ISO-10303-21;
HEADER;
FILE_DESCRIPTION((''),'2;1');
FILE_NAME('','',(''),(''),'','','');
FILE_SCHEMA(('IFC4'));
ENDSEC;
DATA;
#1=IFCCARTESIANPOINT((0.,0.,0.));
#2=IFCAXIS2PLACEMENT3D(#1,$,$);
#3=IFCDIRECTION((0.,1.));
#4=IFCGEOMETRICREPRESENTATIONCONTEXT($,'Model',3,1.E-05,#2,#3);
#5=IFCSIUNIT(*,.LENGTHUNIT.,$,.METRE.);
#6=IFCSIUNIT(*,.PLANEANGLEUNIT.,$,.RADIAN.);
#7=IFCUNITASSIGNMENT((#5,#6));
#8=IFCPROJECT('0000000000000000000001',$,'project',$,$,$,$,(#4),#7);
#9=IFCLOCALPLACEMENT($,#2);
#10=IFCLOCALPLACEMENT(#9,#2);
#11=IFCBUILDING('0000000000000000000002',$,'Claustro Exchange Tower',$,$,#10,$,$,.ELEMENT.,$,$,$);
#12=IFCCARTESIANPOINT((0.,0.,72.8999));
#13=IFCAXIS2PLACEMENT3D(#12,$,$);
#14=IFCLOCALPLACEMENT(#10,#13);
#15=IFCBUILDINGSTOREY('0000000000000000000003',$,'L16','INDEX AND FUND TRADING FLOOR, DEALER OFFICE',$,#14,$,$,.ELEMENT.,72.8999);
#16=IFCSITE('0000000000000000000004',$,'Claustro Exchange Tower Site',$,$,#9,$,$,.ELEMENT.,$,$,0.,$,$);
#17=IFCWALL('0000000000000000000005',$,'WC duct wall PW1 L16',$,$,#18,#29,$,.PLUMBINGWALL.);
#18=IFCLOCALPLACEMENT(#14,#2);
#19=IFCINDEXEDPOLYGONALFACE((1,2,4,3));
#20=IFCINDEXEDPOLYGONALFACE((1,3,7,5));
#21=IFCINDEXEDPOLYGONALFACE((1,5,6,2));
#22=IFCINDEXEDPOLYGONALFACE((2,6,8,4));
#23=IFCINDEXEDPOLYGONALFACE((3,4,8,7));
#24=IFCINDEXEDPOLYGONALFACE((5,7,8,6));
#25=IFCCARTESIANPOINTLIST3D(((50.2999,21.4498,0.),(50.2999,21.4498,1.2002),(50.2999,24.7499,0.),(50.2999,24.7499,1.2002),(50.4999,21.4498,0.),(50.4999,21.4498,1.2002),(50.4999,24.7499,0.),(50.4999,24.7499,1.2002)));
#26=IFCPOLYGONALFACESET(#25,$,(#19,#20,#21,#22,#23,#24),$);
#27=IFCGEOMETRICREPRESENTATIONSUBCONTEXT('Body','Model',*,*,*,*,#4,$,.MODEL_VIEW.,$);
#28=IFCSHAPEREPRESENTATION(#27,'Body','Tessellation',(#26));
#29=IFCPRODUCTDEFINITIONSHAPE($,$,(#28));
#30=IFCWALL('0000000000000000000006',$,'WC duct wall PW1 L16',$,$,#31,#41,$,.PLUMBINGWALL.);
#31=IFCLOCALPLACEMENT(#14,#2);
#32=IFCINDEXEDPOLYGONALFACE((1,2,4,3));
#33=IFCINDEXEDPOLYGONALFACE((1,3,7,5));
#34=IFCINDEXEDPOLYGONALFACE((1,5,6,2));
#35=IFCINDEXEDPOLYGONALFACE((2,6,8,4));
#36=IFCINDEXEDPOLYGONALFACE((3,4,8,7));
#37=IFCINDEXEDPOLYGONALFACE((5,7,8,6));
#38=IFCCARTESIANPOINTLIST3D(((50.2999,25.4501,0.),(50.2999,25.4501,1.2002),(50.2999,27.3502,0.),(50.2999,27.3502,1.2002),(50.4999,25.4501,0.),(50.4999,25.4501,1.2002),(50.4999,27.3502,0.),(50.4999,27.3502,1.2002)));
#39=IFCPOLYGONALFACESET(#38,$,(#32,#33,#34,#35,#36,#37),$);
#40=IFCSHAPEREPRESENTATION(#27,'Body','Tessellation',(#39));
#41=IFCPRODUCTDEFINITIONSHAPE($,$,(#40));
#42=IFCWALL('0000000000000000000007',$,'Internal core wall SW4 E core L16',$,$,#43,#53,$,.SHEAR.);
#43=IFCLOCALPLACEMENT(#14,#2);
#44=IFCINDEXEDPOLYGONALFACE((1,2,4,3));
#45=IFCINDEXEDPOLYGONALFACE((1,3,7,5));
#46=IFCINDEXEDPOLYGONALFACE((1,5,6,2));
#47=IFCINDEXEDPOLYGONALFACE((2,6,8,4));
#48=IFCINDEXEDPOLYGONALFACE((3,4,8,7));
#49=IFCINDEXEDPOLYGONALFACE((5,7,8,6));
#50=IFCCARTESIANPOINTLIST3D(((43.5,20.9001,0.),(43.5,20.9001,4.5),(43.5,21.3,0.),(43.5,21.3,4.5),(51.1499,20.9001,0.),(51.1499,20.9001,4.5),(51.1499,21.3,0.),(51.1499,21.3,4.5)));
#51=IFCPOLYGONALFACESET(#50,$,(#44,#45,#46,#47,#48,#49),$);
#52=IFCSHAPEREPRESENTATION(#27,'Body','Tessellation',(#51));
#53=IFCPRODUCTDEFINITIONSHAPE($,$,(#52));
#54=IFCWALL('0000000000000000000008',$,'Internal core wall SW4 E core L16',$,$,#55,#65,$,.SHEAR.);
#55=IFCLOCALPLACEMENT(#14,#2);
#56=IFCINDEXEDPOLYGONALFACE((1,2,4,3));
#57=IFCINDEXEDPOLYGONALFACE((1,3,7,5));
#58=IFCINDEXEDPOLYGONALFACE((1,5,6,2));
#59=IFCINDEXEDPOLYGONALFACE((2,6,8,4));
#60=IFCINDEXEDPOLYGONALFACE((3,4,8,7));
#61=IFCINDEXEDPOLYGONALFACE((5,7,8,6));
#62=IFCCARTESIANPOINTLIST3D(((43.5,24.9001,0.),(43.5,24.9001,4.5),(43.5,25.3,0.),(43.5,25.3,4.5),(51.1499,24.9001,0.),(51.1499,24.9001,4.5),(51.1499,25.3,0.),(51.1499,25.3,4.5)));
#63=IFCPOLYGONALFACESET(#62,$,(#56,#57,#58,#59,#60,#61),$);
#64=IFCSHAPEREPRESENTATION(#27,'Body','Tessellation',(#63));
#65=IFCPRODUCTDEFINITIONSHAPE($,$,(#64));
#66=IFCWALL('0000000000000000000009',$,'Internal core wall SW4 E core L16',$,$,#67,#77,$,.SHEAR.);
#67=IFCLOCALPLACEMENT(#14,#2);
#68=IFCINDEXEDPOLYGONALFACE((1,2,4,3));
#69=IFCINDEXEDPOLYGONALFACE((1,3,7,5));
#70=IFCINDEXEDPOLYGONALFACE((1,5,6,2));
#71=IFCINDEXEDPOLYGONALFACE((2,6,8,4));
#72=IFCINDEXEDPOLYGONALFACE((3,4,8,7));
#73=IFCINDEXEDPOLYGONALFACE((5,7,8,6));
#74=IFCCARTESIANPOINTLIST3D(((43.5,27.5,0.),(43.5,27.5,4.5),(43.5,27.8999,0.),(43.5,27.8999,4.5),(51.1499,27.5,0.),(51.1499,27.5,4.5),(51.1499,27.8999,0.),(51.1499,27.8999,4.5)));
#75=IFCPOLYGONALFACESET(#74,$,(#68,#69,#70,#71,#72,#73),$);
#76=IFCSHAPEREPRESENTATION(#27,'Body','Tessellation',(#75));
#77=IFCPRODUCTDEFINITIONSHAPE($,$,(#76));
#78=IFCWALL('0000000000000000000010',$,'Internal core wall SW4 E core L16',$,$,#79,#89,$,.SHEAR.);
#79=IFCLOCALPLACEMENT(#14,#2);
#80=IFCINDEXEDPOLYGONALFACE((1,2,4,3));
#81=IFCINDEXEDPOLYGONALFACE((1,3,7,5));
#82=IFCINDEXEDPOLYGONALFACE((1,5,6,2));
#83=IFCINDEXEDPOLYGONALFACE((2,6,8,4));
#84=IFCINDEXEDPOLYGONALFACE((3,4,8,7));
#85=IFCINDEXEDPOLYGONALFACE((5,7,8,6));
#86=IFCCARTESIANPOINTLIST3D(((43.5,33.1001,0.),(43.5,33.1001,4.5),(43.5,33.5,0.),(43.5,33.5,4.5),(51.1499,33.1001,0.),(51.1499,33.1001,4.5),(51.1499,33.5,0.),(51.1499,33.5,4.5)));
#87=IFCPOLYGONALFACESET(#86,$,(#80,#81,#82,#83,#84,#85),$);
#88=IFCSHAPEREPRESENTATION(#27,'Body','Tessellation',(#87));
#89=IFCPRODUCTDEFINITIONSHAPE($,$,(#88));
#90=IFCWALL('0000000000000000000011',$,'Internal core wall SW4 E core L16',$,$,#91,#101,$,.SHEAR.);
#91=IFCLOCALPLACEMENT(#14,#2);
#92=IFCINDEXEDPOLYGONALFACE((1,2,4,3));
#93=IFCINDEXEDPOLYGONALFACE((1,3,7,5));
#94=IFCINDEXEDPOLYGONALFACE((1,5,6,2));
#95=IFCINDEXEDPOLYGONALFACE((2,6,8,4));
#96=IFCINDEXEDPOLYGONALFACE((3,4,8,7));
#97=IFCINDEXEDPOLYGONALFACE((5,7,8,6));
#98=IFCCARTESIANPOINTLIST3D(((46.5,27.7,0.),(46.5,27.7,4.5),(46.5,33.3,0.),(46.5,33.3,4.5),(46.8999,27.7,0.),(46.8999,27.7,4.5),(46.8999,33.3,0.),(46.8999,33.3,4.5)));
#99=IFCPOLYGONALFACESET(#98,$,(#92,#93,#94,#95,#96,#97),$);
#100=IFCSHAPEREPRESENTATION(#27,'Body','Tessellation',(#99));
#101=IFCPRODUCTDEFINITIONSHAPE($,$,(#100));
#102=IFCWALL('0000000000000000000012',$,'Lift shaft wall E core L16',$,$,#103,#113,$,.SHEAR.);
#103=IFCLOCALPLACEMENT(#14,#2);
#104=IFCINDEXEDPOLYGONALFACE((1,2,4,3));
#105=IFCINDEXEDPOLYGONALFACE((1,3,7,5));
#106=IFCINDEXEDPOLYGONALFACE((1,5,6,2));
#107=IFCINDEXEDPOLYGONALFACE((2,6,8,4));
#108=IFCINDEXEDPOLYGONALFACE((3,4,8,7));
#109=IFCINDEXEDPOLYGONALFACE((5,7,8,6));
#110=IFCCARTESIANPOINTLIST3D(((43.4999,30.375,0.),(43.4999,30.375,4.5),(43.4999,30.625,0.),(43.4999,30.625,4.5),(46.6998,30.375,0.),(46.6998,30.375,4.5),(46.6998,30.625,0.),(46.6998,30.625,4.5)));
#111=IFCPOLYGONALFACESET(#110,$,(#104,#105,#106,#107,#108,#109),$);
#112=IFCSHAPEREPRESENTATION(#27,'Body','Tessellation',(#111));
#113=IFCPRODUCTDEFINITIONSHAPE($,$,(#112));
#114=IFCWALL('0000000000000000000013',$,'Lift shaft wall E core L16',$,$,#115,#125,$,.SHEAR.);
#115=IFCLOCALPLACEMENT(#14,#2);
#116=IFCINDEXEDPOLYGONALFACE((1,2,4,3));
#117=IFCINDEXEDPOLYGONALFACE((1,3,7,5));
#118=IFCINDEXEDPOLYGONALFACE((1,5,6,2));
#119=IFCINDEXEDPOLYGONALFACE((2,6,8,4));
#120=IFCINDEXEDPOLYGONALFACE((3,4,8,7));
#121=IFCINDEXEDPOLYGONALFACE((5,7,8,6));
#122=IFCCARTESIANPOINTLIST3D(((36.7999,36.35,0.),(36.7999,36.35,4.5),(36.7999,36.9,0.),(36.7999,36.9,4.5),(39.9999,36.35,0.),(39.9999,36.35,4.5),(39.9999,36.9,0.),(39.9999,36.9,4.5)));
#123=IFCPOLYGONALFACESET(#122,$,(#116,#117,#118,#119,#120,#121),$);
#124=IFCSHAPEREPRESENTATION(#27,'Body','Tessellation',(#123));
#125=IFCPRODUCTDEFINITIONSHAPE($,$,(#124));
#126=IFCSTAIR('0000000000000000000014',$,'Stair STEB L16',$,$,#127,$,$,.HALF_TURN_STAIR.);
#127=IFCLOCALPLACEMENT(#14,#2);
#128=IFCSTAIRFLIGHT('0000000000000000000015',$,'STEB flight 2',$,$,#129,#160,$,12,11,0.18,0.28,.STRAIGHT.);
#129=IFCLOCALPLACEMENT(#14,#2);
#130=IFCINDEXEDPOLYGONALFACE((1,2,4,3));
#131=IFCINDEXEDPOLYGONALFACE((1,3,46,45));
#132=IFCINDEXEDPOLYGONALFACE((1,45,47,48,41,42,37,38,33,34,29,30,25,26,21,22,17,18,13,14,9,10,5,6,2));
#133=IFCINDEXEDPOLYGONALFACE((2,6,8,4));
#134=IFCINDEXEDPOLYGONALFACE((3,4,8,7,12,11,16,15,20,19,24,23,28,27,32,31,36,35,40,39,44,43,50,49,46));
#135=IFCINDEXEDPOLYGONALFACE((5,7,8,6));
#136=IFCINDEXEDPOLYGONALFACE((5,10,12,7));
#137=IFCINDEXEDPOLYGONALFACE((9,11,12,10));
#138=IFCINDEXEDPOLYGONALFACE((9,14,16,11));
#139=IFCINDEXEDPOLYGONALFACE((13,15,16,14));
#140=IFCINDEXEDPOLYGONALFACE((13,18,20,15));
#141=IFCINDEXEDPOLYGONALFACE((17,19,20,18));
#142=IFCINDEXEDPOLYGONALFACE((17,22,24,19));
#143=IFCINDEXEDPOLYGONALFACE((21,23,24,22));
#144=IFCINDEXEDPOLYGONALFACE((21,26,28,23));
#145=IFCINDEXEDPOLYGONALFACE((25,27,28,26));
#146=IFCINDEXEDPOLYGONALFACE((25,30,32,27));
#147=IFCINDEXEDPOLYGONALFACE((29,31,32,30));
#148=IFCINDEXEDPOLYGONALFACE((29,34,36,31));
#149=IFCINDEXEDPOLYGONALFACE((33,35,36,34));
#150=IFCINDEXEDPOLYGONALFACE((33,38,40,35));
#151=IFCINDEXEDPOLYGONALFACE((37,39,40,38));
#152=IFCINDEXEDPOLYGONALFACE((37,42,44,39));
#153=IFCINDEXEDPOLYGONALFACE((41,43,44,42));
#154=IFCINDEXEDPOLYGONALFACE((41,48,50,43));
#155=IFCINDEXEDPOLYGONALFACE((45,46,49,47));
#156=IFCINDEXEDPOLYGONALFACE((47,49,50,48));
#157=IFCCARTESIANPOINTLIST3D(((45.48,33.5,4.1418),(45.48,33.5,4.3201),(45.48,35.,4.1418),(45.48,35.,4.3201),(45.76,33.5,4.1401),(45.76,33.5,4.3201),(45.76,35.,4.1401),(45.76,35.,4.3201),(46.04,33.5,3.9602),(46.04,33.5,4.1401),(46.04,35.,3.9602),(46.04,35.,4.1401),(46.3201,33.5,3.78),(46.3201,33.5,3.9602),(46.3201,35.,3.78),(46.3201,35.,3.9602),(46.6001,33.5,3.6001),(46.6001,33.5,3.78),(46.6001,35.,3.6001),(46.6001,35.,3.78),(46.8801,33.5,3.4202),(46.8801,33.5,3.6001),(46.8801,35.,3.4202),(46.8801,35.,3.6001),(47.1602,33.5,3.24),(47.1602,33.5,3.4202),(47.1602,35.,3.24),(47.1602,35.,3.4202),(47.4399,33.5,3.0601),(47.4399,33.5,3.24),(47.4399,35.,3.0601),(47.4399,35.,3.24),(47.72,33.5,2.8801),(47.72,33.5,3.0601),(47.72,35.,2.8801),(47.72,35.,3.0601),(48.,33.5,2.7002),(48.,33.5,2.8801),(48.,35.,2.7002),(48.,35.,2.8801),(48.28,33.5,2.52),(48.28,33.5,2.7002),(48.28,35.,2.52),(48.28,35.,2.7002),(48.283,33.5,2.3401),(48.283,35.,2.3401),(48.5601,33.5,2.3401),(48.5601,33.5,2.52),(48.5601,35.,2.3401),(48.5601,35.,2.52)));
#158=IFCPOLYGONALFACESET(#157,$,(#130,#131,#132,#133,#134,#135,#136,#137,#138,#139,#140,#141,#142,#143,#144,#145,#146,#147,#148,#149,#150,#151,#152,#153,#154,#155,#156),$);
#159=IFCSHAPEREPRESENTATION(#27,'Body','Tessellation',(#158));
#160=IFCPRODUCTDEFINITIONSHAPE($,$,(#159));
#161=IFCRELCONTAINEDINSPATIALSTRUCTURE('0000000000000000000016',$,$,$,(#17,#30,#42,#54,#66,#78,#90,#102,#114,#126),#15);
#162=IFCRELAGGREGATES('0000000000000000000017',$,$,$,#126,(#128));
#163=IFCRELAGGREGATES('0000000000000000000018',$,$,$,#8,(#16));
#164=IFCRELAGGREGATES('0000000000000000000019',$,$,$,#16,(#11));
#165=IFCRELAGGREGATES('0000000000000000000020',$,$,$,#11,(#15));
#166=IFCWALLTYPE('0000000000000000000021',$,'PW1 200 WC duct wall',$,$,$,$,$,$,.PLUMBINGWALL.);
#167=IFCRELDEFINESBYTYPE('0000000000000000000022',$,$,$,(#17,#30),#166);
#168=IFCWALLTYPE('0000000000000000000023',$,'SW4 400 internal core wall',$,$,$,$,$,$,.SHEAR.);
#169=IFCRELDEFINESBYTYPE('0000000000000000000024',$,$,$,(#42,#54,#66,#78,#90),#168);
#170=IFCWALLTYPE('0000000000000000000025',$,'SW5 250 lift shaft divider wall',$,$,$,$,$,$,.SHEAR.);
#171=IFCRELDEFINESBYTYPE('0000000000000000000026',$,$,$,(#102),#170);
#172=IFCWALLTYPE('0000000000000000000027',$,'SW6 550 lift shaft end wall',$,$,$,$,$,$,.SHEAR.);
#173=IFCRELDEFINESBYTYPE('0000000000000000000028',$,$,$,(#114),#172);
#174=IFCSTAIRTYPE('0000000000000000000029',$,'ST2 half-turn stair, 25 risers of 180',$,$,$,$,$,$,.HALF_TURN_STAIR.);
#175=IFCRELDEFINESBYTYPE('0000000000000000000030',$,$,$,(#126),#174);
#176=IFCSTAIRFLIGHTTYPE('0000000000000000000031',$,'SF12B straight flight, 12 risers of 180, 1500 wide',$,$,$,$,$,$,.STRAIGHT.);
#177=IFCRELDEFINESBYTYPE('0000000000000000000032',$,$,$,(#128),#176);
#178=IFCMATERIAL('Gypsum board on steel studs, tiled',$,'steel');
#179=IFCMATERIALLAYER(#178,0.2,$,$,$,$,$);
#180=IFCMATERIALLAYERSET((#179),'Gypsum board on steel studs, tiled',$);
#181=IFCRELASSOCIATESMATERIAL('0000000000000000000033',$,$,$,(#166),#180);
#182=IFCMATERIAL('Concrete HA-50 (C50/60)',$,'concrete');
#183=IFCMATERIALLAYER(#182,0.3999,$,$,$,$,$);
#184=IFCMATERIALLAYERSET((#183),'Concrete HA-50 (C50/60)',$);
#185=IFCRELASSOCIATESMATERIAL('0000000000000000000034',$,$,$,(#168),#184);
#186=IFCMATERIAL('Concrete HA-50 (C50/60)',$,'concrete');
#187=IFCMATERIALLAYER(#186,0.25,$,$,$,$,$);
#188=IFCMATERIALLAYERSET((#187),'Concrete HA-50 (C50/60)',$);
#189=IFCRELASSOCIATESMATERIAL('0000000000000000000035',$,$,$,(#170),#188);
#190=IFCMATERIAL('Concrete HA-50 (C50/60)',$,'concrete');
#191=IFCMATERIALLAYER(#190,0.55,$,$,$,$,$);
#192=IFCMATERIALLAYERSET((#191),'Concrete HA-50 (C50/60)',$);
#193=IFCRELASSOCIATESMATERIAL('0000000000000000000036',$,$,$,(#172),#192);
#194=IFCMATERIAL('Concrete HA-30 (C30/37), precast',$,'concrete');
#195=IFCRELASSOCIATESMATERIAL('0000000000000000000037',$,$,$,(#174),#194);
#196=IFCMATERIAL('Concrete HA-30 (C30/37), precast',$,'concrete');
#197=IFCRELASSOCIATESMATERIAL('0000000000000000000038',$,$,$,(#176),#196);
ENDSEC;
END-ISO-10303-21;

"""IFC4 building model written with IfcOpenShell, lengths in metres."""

from ifc_helpers import new_model, si_unit, direction, frame, frame_2d, origin, place, context, subcontext, project, spatial, polyline, rectangle, outline, extrude, material, layer, layer_set, type_object, element, aggregate, save


model = new_model("IFC4")

# Units and contexts
model_context = context("Model", 3, precision=1e-05, world=origin(), true_north=direction((0.0, 1.0)))
body_context = subcontext(model_context, "Body", "Model", "MODEL_VIEW")
ifc_project = project(units=[si_unit("LENGTHUNIT", "METRE"), si_unit("PLANEANGLEUNIT", "RADIAN")], contexts=[model_context])

# Site, building, storey
site_placement = place(None, origin())
site = spatial("IfcSite", under=ifc_project, at=site_placement, Name="Claustro Exchange Tower Site", CompositionType="ELEMENT", RefElevation=0.0)
building_placement = place(site_placement, origin())
building = spatial("IfcBuilding", under=site, at=building_placement, Name="Claustro Exchange Tower", CompositionType="ELEMENT")
storey_placement = place(building_placement, frame((0.0, 0.0, 72.8999)))
storey = spatial("IfcBuildingStorey", under=building, at=storey_placement, Name="L16", Description="INDEX AND FUND TRADING FLOOR, DEALER OFFICE", CompositionType="ELEMENT", Elevation=72.8999)

# Walls
ifc_material_1 = material(Name="Gypsum board on steel studs, tiled", Category="steel")
ifc_layer_1 = layer(ifc_material_1, 0.2)
ifc_layer_set_1 = layer_set([ifc_layer_1], Name="Gypsum board on steel studs, tiled")
wall_type_1 = type_object("IfcWallType", Name="PW1 200 WC duct wall", PredefinedType="PLUMBINGWALL", material=ifc_layer_set_1)
wall_1_placement = place(storey_placement, frame((50.3999, 21.45, 0.0), z_axis=(0.0, 0.0, 1.0), x_axis=(0.0, 1.0, 0.0)))
element("IfcWall", 1, at=wall_1_placement, inside=storey, type_object=wall_type_1, Name="WC duct wall PW1 L16", PredefinedType="PLUMBINGWALL", context=body_context, shape_type="SweptSolid", body=[
    extrude(rectangle(XDim=3.3, YDim=0.2, at=frame_2d((1.6499, 0.0))), origin(), (0.0, 0.0, 1.0), 1.2002),
])
wall_2_placement = place(storey_placement, frame((50.3999, 25.45, 0.0), z_axis=(0.0, 0.0, 1.0), x_axis=(0.0, 1.0, 0.0)))
element("IfcWall", 2, at=wall_2_placement, inside=storey, type_object=wall_type_1, Name="WC duct wall PW1 L16", PredefinedType="PLUMBINGWALL", context=body_context, shape_type="SweptSolid", body=[
    extrude(rectangle(XDim=1.9001, YDim=0.2, at=frame_2d((0.9502, 0.0))), origin(), (0.0, 0.0, 1.0), 1.2002),
])
ifc_material_2 = material(Name="Concrete HA-50 (C50/60)", Category="concrete")
ifc_layer_2 = layer(ifc_material_2, 0.3999)
ifc_layer_set_2 = layer_set([ifc_layer_2], Name="Concrete HA-50 (C50/60)")
wall_type_2 = type_object("IfcWallType", Name="SW4 400 internal core wall", PredefinedType="SHEAR", material=ifc_layer_set_2)
for number, where, z_axis, x_axis, name in (
    (3, (51.1499, 21.1001, 0.0), (0.0, 0.0, 1.0), (-1.0, 0.0, 0.0), "Internal core wall SW4 E core L16"),
    (4, (51.1499, 25.1001, 0.0), (0.0, 0.0, 1.0), (-1.0, 0.0, 0.0), "Internal core wall SW4 E core L16"),
    (5, (51.1499, 27.7, 0.0), (0.0, 0.0, 1.0), (-1.0, 0.0, 0.0), "Internal core wall SW4 E core L16"),
    (6, (51.1499, 33.3, 0.0), (0.0, 0.0, 1.0), (-1.0, 0.0, 0.0), "Internal core wall SW4 E core L16"),
):
    element("IfcWall", number, at=place(storey_placement, frame(where, z_axis=z_axis, x_axis=x_axis)), inside=storey, type_object=wall_type_2, Name=name, PredefinedType="SHEAR", context=body_context, shape_type="SweptSolid", body=[
        extrude(rectangle(XDim=7.6499, YDim=0.3999, at=frame_2d((3.825, 0.0))), origin(), (0.0, 0.0, 1.0), 4.5),
    ])
wall_3_placement = place(storey_placement, frame((46.7, 27.7, 0.0), z_axis=(0.0, 0.0, 1.0), x_axis=(0.0, 1.0, 0.0)))
element("IfcWall", 7, at=wall_3_placement, inside=storey, type_object=wall_type_2, Name="Internal core wall SW4 E core L16", PredefinedType="SHEAR", context=body_context, shape_type="SweptSolid", body=[
    extrude(rectangle(XDim=5.6001, YDim=0.3999, at=frame_2d((2.8, 0.0))), origin(), (0.0, 0.0, 1.0), 4.5),
])
ifc_material_3 = material(Name="Concrete HA-50 (C50/60)", Category="concrete")
ifc_layer_3 = layer(ifc_material_3, 0.25)
ifc_layer_set_3 = layer_set([ifc_layer_3], Name="Concrete HA-50 (C50/60)")
wall_type_3 = type_object("IfcWallType", Name="SW5 250 lift shaft divider wall", PredefinedType="SHEAR", material=ifc_layer_set_3)
wall_4_placement = place(storey_placement, frame((46.7, 30.5, 0.0), z_axis=(0.0, 0.0, 1.0), x_axis=(-1.0, 0.0, 0.0)))
element("IfcWall", 8, at=wall_4_placement, inside=storey, type_object=wall_type_3, Name="Lift shaft wall E core L16", PredefinedType="SHEAR", context=body_context, shape_type="SweptSolid", body=[
    extrude(rectangle(XDim=3.2, YDim=0.25, at=frame_2d((1.6001, 0.0))), origin(), (0.0, 0.0, 1.0), 4.5),
])
ifc_material_4 = material(Name="Concrete HA-50 (C50/60)", Category="concrete")
ifc_layer_4 = layer(ifc_material_4, 0.55)
ifc_layer_set_4 = layer_set([ifc_layer_4], Name="Concrete HA-50 (C50/60)")
wall_type_4 = type_object("IfcWallType", Name="SW6 550 lift shaft end wall", PredefinedType="SHEAR", material=ifc_layer_set_4)
wall_5_placement = place(storey_placement, frame((40.0, 36.625, 0.0), z_axis=(0.0, 0.0, 1.0), x_axis=(-1.0, 0.0, 0.0)))
element("IfcWall", 9, at=wall_5_placement, inside=storey, type_object=wall_type_4, Name="Lift shaft wall E core L16", PredefinedType="SHEAR", context=body_context, shape_type="SweptSolid", body=[
    extrude(rectangle(XDim=3.2, YDim=0.55, at=frame_2d((1.6001, 0.0))), origin(), (0.0, 0.0, 1.0), 4.5),
])

# Stair, stair flight
ifc_material_5 = material(Name="Concrete HA-30 (C30/37), precast", Category="concrete")
stair_type = type_object("IfcStairType", Name="ST2 half-turn stair, 25 risers of 180", PredefinedType="HALF_TURN_STAIR", material=ifc_material_5)
stair_placement = place(storey_placement, origin())
stair = element("IfcStair", 10, at=stair_placement, inside=storey, type_object=stair_type, Name="Stair STEB L16", PredefinedType="HALF_TURN_STAIR")
ifc_material_6 = material(Name="Concrete HA-30 (C30/37), precast", Category="concrete")
stair_flight_type_1 = type_object("IfcStairFlightType", Name="SF12B straight flight, 12 risers of 180, 1500 wide", PredefinedType="STRAIGHT", material=ifc_material_6)
stair_flight_1_placement = place(storey_placement, frame((48.5601, 34.25, 2.3401), z_axis=(0.0, 0.0, 1.0), x_axis=(-1.0, 0.0, 0.0)))
stair_flight_1 = element("IfcStairFlight", 11, at=stair_flight_1_placement, type_object=stair_flight_type_1, Name="STEB flight 2", NumberOfRisers=12, NumberOfTreads=11, PredefinedType="STRAIGHT", RiserHeight=0.18, TreadLength=0.28, context=body_context, shape_type="SweptSolid", body=[
    extrude(outline(polyline([(0.0, 0.0), (0.0, 0.1799), (0.28, 0.1799), (0.28, 0.3601), (0.5601, 0.3601), (0.5601, 0.54), (0.8401, 0.54), (0.8401, 0.72), (1.1201, 0.72), (1.1201, 0.8999), (1.3999, 0.8999), (1.3999, 1.0801), (1.6799, 1.0801), (1.6799, 1.26), (1.96, 1.26), (1.96, 1.4399), (2.24, 1.4399), (2.24, 1.6201), (2.52, 1.6201), (2.52, 1.8), (2.8, 1.8), (2.8, 1.98), (3.0801, 1.98), (3.0801, 2.1599), (3.0801, 1.8018), (0.2771, 0.0), (0.0, 0.0)])), frame((0.0, 0.75, 0.0), z_axis=(0.0, -1.0, 0.0), x_axis=(1.0, 0.0, 0.0)), (0.0, 0.0, 1.0), 1.5),
])
aggregate(stair, [stair_flight_1])

save(model, "model.ifc")
